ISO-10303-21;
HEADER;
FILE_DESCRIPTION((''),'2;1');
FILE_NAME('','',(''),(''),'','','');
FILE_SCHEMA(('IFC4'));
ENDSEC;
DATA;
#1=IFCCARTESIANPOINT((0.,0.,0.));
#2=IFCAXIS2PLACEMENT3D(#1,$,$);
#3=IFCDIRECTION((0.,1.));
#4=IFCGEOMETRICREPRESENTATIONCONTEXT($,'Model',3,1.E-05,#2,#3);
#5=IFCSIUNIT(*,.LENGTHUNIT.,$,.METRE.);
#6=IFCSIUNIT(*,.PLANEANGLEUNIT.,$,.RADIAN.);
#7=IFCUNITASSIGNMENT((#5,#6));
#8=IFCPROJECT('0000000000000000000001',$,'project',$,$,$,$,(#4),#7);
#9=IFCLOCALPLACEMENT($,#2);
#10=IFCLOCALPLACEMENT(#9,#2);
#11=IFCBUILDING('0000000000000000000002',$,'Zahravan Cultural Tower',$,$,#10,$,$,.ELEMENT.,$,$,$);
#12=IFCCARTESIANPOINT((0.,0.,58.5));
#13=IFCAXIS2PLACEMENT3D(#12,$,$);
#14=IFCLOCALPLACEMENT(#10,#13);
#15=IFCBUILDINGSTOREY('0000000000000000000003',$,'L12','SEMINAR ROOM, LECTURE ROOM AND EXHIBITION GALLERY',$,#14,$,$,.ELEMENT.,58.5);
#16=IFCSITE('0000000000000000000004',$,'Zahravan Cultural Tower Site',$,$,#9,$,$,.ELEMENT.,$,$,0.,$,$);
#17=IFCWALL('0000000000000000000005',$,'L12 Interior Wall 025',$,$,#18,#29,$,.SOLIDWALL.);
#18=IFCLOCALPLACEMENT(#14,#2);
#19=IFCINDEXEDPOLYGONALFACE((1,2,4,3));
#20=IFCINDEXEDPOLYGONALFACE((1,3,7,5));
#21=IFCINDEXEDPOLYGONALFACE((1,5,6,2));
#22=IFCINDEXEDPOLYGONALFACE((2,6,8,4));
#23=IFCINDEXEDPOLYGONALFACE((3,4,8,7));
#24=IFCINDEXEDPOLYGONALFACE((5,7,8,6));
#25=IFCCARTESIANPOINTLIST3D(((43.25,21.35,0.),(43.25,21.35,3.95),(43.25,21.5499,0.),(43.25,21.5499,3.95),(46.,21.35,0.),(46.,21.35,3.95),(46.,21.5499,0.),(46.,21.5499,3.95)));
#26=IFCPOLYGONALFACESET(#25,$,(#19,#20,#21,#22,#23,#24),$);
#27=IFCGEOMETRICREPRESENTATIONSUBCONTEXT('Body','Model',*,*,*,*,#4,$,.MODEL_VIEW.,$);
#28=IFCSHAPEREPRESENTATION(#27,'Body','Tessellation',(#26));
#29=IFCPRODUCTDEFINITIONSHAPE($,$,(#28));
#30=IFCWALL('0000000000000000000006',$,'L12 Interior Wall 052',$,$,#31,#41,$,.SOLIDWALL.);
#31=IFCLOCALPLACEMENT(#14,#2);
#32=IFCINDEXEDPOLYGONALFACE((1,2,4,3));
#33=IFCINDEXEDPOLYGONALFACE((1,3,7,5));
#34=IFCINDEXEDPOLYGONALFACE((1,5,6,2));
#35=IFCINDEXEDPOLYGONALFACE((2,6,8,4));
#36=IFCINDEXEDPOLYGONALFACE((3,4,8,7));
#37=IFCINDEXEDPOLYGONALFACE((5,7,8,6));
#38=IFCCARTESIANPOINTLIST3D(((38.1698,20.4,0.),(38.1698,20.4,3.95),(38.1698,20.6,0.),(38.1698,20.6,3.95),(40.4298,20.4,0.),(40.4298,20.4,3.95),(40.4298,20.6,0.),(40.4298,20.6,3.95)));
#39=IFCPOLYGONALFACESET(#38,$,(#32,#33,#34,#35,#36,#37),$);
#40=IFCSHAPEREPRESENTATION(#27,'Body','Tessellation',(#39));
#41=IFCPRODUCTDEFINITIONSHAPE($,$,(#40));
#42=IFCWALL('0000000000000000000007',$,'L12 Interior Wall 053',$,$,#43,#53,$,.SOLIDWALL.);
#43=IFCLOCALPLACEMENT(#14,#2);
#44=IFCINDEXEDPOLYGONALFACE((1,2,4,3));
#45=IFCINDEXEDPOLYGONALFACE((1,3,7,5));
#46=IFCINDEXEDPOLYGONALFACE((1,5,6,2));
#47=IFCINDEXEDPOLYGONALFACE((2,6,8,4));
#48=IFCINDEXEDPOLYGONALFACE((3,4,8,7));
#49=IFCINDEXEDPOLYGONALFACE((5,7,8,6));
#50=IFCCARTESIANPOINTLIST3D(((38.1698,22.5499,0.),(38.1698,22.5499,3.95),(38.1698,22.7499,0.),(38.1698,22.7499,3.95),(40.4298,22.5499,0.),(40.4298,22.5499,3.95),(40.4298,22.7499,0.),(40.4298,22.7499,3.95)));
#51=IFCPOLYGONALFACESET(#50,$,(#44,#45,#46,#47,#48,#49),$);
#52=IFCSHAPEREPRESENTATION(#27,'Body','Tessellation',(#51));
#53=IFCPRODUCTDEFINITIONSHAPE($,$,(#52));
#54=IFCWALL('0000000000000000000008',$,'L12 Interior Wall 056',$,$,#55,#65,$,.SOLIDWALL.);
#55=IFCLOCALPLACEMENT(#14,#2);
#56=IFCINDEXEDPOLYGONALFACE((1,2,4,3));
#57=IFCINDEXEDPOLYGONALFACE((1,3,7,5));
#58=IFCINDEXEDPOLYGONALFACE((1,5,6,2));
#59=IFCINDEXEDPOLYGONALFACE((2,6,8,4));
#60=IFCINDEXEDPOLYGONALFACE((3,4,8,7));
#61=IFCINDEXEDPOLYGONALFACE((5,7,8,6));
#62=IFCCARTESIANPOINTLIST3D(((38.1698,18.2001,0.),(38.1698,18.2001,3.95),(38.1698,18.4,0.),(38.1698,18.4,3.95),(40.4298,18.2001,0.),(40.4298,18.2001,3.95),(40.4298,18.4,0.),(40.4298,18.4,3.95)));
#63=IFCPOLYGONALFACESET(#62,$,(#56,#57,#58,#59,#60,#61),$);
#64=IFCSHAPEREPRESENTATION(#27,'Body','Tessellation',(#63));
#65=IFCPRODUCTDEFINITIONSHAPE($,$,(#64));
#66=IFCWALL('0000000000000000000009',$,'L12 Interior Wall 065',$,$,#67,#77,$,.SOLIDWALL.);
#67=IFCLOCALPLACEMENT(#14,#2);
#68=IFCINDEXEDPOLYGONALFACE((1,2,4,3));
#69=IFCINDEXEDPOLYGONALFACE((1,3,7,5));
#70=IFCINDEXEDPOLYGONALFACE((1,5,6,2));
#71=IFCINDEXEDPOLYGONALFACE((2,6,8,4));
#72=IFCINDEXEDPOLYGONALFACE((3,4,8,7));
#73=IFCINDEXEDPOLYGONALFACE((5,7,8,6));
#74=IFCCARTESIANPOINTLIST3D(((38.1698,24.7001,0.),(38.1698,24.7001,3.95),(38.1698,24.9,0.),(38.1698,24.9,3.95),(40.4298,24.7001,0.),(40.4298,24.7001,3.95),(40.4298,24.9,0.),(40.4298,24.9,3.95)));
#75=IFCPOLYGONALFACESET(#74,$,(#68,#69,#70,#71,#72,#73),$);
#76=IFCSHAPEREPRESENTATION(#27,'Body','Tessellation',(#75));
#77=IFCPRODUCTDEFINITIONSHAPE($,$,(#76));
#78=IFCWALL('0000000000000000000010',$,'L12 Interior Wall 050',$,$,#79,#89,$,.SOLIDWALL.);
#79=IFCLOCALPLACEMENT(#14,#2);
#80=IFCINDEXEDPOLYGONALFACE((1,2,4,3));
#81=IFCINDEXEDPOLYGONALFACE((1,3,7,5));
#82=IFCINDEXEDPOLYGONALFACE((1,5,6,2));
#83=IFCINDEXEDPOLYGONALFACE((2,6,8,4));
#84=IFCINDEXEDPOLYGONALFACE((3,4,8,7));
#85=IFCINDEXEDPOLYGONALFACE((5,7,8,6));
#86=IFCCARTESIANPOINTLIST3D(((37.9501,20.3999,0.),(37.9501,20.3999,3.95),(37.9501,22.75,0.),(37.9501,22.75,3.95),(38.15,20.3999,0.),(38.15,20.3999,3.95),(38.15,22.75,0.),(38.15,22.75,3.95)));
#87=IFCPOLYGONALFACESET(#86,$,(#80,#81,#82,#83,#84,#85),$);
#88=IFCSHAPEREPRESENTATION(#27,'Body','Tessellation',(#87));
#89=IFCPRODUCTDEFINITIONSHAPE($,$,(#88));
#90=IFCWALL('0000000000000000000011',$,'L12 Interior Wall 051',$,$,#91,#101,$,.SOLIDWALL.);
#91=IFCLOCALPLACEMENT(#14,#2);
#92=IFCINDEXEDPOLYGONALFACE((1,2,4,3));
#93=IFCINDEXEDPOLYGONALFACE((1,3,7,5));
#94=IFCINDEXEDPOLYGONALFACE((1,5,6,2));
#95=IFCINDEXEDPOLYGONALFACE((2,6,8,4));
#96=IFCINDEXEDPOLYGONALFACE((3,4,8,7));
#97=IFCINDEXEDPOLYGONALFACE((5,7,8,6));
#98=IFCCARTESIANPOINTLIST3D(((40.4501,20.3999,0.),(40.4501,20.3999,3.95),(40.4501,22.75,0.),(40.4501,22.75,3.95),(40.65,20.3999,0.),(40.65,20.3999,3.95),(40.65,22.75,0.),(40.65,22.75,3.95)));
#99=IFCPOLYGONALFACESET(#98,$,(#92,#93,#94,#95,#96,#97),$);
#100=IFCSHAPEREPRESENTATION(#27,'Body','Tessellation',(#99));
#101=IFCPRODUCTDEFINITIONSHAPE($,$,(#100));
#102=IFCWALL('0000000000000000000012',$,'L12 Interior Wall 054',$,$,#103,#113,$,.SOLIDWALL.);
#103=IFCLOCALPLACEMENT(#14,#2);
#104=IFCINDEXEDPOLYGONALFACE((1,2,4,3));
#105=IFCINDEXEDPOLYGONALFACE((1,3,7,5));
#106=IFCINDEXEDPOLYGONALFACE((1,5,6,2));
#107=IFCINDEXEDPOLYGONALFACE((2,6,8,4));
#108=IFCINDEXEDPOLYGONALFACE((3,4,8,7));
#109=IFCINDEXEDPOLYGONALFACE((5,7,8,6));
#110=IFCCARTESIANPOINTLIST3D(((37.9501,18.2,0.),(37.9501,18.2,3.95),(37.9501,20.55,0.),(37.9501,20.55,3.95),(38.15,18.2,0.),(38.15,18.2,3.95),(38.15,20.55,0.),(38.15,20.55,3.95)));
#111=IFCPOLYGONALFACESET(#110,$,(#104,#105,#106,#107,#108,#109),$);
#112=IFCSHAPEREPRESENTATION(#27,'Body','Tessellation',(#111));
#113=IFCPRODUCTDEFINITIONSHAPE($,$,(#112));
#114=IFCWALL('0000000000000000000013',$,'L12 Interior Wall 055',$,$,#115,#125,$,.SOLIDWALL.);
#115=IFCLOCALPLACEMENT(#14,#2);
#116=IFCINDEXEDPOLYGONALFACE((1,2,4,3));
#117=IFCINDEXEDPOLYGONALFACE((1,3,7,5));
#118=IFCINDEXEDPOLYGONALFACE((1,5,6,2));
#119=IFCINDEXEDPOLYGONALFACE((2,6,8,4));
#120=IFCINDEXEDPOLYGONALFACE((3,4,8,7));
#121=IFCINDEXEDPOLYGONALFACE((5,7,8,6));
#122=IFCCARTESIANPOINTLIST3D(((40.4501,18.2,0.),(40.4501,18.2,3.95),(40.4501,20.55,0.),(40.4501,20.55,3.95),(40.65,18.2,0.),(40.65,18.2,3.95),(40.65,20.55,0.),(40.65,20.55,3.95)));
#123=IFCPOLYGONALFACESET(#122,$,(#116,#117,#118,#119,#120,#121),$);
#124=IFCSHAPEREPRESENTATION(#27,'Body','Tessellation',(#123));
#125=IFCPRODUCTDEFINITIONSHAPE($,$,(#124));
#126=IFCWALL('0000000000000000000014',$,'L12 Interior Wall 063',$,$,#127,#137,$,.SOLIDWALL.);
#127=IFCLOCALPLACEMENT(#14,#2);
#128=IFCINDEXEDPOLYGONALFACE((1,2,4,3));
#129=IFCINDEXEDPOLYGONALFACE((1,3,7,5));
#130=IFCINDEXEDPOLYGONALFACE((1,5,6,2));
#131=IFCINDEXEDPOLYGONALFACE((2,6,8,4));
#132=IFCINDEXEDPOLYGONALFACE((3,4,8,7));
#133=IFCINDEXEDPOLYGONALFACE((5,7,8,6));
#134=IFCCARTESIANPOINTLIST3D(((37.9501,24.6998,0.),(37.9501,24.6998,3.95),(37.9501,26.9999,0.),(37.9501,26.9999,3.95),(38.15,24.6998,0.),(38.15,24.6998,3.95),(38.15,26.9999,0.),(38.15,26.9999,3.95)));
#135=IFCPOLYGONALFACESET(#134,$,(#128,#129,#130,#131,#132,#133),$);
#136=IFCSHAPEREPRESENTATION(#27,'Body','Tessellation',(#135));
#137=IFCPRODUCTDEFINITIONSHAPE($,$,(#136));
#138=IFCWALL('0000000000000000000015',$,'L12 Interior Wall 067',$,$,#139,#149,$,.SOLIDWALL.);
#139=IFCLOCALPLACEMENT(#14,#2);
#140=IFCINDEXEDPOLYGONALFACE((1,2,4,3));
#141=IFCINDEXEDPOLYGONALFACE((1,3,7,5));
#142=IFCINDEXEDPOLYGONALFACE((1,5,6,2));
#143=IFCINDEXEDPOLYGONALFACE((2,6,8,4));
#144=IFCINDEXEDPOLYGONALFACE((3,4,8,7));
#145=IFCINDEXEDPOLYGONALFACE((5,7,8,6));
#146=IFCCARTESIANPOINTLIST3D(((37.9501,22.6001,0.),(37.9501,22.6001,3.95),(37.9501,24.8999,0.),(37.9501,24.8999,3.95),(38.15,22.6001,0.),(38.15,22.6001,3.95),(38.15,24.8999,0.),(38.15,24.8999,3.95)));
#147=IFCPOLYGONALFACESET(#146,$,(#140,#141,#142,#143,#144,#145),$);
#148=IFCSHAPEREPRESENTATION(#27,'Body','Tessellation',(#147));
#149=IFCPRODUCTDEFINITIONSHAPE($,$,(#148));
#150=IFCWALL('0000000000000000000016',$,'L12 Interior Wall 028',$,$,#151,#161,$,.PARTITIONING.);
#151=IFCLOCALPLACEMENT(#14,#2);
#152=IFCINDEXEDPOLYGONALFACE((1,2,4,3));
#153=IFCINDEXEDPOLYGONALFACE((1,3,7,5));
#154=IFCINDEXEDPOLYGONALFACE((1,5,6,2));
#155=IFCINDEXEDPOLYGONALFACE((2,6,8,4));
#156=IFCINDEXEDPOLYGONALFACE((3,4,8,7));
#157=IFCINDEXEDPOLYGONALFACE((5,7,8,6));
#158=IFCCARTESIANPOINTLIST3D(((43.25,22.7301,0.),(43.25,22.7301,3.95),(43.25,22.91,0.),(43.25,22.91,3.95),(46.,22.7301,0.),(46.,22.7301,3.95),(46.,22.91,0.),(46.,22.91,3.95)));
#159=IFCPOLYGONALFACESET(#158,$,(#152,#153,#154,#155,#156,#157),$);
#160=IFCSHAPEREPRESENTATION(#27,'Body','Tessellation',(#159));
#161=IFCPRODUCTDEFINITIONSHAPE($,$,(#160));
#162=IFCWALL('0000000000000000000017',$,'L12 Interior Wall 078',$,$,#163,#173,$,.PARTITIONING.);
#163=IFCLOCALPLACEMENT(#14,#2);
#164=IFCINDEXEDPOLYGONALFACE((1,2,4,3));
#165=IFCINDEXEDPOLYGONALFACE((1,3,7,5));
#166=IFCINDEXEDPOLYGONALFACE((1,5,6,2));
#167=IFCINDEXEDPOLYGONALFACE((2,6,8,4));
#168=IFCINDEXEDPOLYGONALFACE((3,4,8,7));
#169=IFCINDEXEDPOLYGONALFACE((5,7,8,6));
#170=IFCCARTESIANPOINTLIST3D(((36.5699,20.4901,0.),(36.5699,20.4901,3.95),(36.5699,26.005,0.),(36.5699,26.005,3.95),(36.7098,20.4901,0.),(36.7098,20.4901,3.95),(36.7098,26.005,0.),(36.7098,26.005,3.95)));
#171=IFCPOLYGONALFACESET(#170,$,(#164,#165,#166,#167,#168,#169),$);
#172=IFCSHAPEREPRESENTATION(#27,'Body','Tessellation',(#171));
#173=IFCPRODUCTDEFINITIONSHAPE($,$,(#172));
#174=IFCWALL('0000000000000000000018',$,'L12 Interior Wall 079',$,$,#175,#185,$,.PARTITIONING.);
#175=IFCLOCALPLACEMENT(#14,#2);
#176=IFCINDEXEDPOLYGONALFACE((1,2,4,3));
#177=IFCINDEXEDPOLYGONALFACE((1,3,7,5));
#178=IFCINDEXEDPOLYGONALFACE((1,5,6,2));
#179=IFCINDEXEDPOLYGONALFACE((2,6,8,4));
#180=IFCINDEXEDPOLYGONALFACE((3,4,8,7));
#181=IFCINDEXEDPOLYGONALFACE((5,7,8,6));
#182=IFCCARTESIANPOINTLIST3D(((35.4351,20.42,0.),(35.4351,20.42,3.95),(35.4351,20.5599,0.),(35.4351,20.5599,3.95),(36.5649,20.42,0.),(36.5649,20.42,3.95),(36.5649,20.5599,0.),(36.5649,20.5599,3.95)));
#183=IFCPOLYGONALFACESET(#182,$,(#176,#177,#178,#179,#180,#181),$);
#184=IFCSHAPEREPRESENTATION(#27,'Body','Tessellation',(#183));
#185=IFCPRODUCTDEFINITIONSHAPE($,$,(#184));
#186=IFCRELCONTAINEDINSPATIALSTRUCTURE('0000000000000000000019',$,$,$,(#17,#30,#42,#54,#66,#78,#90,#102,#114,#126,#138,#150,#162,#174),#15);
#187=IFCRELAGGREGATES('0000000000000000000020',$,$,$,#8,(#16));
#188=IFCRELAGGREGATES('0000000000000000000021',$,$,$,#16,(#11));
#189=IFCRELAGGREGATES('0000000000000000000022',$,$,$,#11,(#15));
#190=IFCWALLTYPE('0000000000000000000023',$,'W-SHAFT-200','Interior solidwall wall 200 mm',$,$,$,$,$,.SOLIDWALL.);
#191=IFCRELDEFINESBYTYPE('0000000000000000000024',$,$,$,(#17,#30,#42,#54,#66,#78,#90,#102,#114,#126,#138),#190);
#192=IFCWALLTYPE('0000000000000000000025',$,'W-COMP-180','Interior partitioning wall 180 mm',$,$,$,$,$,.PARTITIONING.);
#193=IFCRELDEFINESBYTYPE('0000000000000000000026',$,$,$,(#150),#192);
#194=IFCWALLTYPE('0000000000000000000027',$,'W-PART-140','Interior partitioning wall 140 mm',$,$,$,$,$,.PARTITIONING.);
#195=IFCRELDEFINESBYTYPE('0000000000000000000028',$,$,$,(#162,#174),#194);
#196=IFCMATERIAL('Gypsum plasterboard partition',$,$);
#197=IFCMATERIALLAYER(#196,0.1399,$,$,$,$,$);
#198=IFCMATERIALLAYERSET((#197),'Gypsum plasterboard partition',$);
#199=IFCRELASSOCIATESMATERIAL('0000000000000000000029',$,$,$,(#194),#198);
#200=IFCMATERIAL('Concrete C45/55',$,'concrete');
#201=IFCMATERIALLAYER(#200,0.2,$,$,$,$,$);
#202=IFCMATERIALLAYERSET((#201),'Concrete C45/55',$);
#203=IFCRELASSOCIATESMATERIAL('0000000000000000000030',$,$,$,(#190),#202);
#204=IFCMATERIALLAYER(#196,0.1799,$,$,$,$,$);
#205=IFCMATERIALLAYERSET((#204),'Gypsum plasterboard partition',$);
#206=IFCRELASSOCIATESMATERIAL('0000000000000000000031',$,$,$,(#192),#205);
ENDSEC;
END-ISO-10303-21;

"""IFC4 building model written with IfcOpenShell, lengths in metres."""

from ifc_helpers import new_model, si_unit, direction, frame, frame_2d, origin, place, context, subcontext, project, spatial, rectangle, extrude, source, transform, mapped, material, layer, layer_set, type_object, element, save


model = new_model("IFC4")

# Units and contexts
model_context = context("Model", 3, precision=1e-05, world=origin(), true_north=direction((0.0, 1.0)))
body_context = subcontext(model_context, "Body", "Model", "MODEL_VIEW")
ifc_project = project(units=[si_unit("LENGTHUNIT", "METRE"), si_unit("PLANEANGLEUNIT", "RADIAN")], contexts=[model_context])

# Site, building, storey
site_placement = place(None, origin())
site = spatial("IfcSite", under=ifc_project, at=site_placement, Name="Zahravan Cultural Tower Site", CompositionType="ELEMENT", RefElevation=0.0)
building_placement = place(site_placement, origin())
building = spatial("IfcBuilding", under=site, at=building_placement, Name="Zahravan Cultural Tower", CompositionType="ELEMENT")
storey_placement = place(building_placement, frame((0.0, 0.0, 58.5)))
storey = spatial("IfcBuildingStorey", under=building, at=storey_placement, Name="L12", Description="SEMINAR ROOM, LECTURE ROOM AND EXHIBITION GALLERY", CompositionType="ELEMENT", Elevation=58.5)

# Shared definitions
ifc_material_1 = material(Name="Gypsum plasterboard partition")
ifc_layer_1 = layer(ifc_material_1, 0.1399)
ifc_layer_set_1 = layer_set([ifc_layer_1], Name="Gypsum plasterboard partition")
wall_type_1 = type_object("IfcWallType", Name="W-PART-140", Description="Interior partitioning wall 140 mm", PredefinedType="PARTITIONING", material=ifc_layer_set_1)
ifc_material_2 = material(Name="Concrete C45/55", Category="concrete")
ifc_layer_2 = layer(ifc_material_2, 0.2)
ifc_layer_set_2 = layer_set([ifc_layer_2], Name="Concrete C45/55")
wall_type_2 = type_object("IfcWallType", Name="W-SHAFT-200", Description="Interior solidwall wall 200 mm", PredefinedType="SOLIDWALL", material=ifc_layer_set_2)

# Walls
shared_shape_1 = source(origin(), body_context, "Body", "SweptSolid", [
    extrude(rectangle(XDim=2.75, YDim=0.2, at=frame_2d((1.375, 0.0))), origin(), (0.0, 0.0, 1.0), 3.95),
])
for number, where, z_axis, x_axis, name in (
    (1, (43.25, 21.45, 0.0), (0.0, 0.0, 1.0), (1.0, 0.0, 0.0), "L12 Interior Wall 025"),
):
    element("IfcWall", number, at=place(storey_placement, frame(where, z_axis=z_axis, x_axis=x_axis)), inside=storey, type_object=wall_type_2, Name=name, PredefinedType="SOLIDWALL", context=body_context, shape_type="MappedRepresentation", body=[
        mapped(shared_shape_1, transform((0.0, 0.0, 0.0), x_axis=(1.0, 0.0, 0.0), y_axis=(0.0, 1.0, 0.0), z_axis=(0.0, 0.0, 1.0), scale=1.0)),
    ])
shared_shape_2 = source(origin(), body_context, "Body", "SweptSolid", [
    extrude(rectangle(XDim=2.26, YDim=0.2, at=frame_2d((1.1299, 0.0))), origin(), (0.0, 0.0, 1.0), 3.95),
])
for number, where, z_axis, x_axis, name in (
    (2, (38.1699, 20.5, 0.0), (0.0, 0.0, 1.0), (1.0, 0.0, 0.0), "L12 Interior Wall 052"),
    (3, (38.1699, 22.6499, 0.0), (0.0, 0.0, 1.0), (1.0, 0.0, 0.0), "L12 Interior Wall 053"),
    (4, (38.1699, 18.3, 0.0), (0.0, 0.0, 1.0), (1.0, 0.0, 0.0), "L12 Interior Wall 056"),
    (5, (38.1699, 24.8, 0.0), (0.0, 0.0, 1.0), (1.0, 0.0, 0.0), "L12 Interior Wall 065"),
):
    element("IfcWall", number, at=place(storey_placement, frame(where, z_axis=z_axis, x_axis=x_axis)), inside=storey, type_object=wall_type_2, Name=name, PredefinedType="SOLIDWALL", context=body_context, shape_type="MappedRepresentation", body=[
        mapped(shared_shape_2, transform((0.0, 0.0, 0.0), x_axis=(1.0, 0.0, 0.0), y_axis=(0.0, 1.0, 0.0), z_axis=(0.0, 0.0, 1.0), scale=1.0)),
    ])
shared_shape_3 = source(origin(), body_context, "Body", "SweptSolid", [
    extrude(rectangle(XDim=2.3501, YDim=0.2, at=frame_2d((1.175, 0.0))), origin(), (0.0, 0.0, 1.0), 3.95),
])
for number, where, z_axis, x_axis, name in (
    (6, (38.05, 20.3999, 0.0), (0.0, 0.0, 1.0), (0.0, 1.0, 0.0), "L12 Interior Wall 050"),
    (7, (40.55, 20.3999, 0.0), (0.0, 0.0, 1.0), (0.0, 1.0, 0.0), "L12 Interior Wall 051"),
    (8, (38.05, 18.2, 0.0), (0.0, 0.0, 1.0), (0.0, 1.0, 0.0), "L12 Interior Wall 054"),
    (9, (40.55, 18.2, 0.0), (0.0, 0.0, 1.0), (0.0, 1.0, 0.0), "L12 Interior Wall 055"),
):
    element("IfcWall", number, at=place(storey_placement, frame(where, z_axis=z_axis, x_axis=x_axis)), inside=storey, type_object=wall_type_2, Name=name, PredefinedType="SOLIDWALL", context=body_context, shape_type="MappedRepresentation", body=[
        mapped(shared_shape_3, transform((0.0, 0.0, 0.0), x_axis=(1.0, 0.0, 0.0), y_axis=(0.0, 1.0, 0.0), z_axis=(0.0, 0.0, 1.0), scale=1.0)),
    ])
shared_shape_4 = source(origin(), body_context, "Body", "SweptSolid", [
    extrude(rectangle(XDim=2.3, YDim=0.2, at=frame_2d((1.1499, 0.0))), origin(), (0.0, 0.0, 1.0), 3.95),
])
wall_1_placement = place(storey_placement, frame((38.05, 24.7, 0.0), z_axis=(0.0, 0.0, 1.0), x_axis=(0.0, 1.0, 0.0)))
element("IfcWall", 10, at=wall_1_placement, inside=storey, type_object=wall_type_2, Name="L12 Interior Wall 063", PredefinedType="SOLIDWALL", context=body_context, shape_type="MappedRepresentation", body=[
    mapped(shared_shape_4, transform((0.0, 0.0, 0.0), x_axis=(1.0, 0.0, 0.0), y_axis=(0.0, 1.0, 0.0), z_axis=(0.0, 0.0, 1.0), scale=1.0)),
])
shared_shape_5 = source(origin(), body_context, "Body", "SweptSolid", [
    extrude(rectangle(XDim=2.2998, YDim=0.2, at=frame_2d((1.1499, 0.0))), origin(), (0.0, 0.0, 1.0), 3.95),
])
wall_2_placement = place(storey_placement, frame((38.05, 22.6001, 0.0), z_axis=(0.0, 0.0, 1.0), x_axis=(0.0, 1.0, 0.0)))
element("IfcWall", 11, at=wall_2_placement, inside=storey, type_object=wall_type_2, Name="L12 Interior Wall 067", PredefinedType="SOLIDWALL", context=body_context, shape_type="MappedRepresentation", body=[
    mapped(shared_shape_5, transform((0.0, 0.0, 0.0), x_axis=(1.0, 0.0, 0.0), y_axis=(0.0, 1.0, 0.0), z_axis=(0.0, 0.0, 1.0), scale=1.0)),
])
ifc_layer_3 = layer(ifc_material_1, 0.1799)
ifc_layer_set_3 = layer_set([ifc_layer_3], Name="Gypsum plasterboard partition")
wall_type_3 = type_object("IfcWallType", Name="W-COMP-180", Description="Interior partitioning wall 180 mm", PredefinedType="PARTITIONING", material=ifc_layer_set_3)
shared_shape_6 = source(origin(), body_context, "Body", "SweptSolid", [
    extrude(rectangle(XDim=2.75, YDim=0.1799, at=frame_2d((1.375, 0.0))), origin(), (0.0, 0.0, 1.0), 3.95),
])
wall_3_placement = place(storey_placement, frame((43.25, 22.8201, 0.0), z_axis=(0.0, 0.0, 1.0), x_axis=(1.0, 0.0, 0.0)))
element("IfcWall", 12, at=wall_3_placement, inside=storey, type_object=wall_type_3, Name="L12 Interior Wall 028", PredefinedType="PARTITIONING", context=body_context, shape_type="MappedRepresentation", body=[
    mapped(shared_shape_6, transform((0.0, 0.0, 0.0), x_axis=(1.0, 0.0, 0.0), y_axis=(0.0, 1.0, 0.0), z_axis=(0.0, 0.0, 1.0), scale=1.0)),
])
shared_shape_7 = source(origin(), body_context, "Body", "SweptSolid", [
    extrude(rectangle(XDim=5.5149, YDim=0.1399, at=frame_2d((2.7573, 0.0))), origin(), (0.0, 0.0, 1.0), 3.95),
])
wall_4_placement = place(storey_placement, frame((36.6399, 26.0049, 0.0), z_axis=(0.0, 0.0, 1.0), x_axis=(0.0, -1.0, 0.0)))
element("IfcWall", 13, at=wall_4_placement, inside=storey, type_object=wall_type_1, Name="L12 Interior Wall 078", PredefinedType="PARTITIONING", context=body_context, shape_type="MappedRepresentation", body=[
    mapped(shared_shape_7, transform((0.0, 0.0, 0.0), x_axis=(1.0, 0.0, 0.0), y_axis=(0.0, 1.0, 0.0), z_axis=(0.0, 0.0, 1.0), scale=1.0)),
])
shared_shape_8 = source(origin(), body_context, "Body", "SweptSolid", [
    extrude(rectangle(XDim=1.1299, YDim=0.1399, at=frame_2d((0.5649, 0.0))), origin(), (0.0, 0.0, 1.0), 3.95),
])
wall_5_placement = place(storey_placement, frame((36.5649, 20.49, 0.0), z_axis=(0.0, 0.0, 1.0), x_axis=(-1.0, 0.0, 0.0)))
element("IfcWall", 14, at=wall_5_placement, inside=storey, type_object=wall_type_1, Name="L12 Interior Wall 079", PredefinedType="PARTITIONING", context=body_context, shape_type="MappedRepresentation", body=[
    mapped(shared_shape_8, transform((0.0, 0.0, 0.0), x_axis=(1.0, 0.0, 0.0), y_axis=(0.0, 1.0, 0.0), z_axis=(0.0, 0.0, 1.0), scale=1.0)),
])

save(model, "model.ifc")
